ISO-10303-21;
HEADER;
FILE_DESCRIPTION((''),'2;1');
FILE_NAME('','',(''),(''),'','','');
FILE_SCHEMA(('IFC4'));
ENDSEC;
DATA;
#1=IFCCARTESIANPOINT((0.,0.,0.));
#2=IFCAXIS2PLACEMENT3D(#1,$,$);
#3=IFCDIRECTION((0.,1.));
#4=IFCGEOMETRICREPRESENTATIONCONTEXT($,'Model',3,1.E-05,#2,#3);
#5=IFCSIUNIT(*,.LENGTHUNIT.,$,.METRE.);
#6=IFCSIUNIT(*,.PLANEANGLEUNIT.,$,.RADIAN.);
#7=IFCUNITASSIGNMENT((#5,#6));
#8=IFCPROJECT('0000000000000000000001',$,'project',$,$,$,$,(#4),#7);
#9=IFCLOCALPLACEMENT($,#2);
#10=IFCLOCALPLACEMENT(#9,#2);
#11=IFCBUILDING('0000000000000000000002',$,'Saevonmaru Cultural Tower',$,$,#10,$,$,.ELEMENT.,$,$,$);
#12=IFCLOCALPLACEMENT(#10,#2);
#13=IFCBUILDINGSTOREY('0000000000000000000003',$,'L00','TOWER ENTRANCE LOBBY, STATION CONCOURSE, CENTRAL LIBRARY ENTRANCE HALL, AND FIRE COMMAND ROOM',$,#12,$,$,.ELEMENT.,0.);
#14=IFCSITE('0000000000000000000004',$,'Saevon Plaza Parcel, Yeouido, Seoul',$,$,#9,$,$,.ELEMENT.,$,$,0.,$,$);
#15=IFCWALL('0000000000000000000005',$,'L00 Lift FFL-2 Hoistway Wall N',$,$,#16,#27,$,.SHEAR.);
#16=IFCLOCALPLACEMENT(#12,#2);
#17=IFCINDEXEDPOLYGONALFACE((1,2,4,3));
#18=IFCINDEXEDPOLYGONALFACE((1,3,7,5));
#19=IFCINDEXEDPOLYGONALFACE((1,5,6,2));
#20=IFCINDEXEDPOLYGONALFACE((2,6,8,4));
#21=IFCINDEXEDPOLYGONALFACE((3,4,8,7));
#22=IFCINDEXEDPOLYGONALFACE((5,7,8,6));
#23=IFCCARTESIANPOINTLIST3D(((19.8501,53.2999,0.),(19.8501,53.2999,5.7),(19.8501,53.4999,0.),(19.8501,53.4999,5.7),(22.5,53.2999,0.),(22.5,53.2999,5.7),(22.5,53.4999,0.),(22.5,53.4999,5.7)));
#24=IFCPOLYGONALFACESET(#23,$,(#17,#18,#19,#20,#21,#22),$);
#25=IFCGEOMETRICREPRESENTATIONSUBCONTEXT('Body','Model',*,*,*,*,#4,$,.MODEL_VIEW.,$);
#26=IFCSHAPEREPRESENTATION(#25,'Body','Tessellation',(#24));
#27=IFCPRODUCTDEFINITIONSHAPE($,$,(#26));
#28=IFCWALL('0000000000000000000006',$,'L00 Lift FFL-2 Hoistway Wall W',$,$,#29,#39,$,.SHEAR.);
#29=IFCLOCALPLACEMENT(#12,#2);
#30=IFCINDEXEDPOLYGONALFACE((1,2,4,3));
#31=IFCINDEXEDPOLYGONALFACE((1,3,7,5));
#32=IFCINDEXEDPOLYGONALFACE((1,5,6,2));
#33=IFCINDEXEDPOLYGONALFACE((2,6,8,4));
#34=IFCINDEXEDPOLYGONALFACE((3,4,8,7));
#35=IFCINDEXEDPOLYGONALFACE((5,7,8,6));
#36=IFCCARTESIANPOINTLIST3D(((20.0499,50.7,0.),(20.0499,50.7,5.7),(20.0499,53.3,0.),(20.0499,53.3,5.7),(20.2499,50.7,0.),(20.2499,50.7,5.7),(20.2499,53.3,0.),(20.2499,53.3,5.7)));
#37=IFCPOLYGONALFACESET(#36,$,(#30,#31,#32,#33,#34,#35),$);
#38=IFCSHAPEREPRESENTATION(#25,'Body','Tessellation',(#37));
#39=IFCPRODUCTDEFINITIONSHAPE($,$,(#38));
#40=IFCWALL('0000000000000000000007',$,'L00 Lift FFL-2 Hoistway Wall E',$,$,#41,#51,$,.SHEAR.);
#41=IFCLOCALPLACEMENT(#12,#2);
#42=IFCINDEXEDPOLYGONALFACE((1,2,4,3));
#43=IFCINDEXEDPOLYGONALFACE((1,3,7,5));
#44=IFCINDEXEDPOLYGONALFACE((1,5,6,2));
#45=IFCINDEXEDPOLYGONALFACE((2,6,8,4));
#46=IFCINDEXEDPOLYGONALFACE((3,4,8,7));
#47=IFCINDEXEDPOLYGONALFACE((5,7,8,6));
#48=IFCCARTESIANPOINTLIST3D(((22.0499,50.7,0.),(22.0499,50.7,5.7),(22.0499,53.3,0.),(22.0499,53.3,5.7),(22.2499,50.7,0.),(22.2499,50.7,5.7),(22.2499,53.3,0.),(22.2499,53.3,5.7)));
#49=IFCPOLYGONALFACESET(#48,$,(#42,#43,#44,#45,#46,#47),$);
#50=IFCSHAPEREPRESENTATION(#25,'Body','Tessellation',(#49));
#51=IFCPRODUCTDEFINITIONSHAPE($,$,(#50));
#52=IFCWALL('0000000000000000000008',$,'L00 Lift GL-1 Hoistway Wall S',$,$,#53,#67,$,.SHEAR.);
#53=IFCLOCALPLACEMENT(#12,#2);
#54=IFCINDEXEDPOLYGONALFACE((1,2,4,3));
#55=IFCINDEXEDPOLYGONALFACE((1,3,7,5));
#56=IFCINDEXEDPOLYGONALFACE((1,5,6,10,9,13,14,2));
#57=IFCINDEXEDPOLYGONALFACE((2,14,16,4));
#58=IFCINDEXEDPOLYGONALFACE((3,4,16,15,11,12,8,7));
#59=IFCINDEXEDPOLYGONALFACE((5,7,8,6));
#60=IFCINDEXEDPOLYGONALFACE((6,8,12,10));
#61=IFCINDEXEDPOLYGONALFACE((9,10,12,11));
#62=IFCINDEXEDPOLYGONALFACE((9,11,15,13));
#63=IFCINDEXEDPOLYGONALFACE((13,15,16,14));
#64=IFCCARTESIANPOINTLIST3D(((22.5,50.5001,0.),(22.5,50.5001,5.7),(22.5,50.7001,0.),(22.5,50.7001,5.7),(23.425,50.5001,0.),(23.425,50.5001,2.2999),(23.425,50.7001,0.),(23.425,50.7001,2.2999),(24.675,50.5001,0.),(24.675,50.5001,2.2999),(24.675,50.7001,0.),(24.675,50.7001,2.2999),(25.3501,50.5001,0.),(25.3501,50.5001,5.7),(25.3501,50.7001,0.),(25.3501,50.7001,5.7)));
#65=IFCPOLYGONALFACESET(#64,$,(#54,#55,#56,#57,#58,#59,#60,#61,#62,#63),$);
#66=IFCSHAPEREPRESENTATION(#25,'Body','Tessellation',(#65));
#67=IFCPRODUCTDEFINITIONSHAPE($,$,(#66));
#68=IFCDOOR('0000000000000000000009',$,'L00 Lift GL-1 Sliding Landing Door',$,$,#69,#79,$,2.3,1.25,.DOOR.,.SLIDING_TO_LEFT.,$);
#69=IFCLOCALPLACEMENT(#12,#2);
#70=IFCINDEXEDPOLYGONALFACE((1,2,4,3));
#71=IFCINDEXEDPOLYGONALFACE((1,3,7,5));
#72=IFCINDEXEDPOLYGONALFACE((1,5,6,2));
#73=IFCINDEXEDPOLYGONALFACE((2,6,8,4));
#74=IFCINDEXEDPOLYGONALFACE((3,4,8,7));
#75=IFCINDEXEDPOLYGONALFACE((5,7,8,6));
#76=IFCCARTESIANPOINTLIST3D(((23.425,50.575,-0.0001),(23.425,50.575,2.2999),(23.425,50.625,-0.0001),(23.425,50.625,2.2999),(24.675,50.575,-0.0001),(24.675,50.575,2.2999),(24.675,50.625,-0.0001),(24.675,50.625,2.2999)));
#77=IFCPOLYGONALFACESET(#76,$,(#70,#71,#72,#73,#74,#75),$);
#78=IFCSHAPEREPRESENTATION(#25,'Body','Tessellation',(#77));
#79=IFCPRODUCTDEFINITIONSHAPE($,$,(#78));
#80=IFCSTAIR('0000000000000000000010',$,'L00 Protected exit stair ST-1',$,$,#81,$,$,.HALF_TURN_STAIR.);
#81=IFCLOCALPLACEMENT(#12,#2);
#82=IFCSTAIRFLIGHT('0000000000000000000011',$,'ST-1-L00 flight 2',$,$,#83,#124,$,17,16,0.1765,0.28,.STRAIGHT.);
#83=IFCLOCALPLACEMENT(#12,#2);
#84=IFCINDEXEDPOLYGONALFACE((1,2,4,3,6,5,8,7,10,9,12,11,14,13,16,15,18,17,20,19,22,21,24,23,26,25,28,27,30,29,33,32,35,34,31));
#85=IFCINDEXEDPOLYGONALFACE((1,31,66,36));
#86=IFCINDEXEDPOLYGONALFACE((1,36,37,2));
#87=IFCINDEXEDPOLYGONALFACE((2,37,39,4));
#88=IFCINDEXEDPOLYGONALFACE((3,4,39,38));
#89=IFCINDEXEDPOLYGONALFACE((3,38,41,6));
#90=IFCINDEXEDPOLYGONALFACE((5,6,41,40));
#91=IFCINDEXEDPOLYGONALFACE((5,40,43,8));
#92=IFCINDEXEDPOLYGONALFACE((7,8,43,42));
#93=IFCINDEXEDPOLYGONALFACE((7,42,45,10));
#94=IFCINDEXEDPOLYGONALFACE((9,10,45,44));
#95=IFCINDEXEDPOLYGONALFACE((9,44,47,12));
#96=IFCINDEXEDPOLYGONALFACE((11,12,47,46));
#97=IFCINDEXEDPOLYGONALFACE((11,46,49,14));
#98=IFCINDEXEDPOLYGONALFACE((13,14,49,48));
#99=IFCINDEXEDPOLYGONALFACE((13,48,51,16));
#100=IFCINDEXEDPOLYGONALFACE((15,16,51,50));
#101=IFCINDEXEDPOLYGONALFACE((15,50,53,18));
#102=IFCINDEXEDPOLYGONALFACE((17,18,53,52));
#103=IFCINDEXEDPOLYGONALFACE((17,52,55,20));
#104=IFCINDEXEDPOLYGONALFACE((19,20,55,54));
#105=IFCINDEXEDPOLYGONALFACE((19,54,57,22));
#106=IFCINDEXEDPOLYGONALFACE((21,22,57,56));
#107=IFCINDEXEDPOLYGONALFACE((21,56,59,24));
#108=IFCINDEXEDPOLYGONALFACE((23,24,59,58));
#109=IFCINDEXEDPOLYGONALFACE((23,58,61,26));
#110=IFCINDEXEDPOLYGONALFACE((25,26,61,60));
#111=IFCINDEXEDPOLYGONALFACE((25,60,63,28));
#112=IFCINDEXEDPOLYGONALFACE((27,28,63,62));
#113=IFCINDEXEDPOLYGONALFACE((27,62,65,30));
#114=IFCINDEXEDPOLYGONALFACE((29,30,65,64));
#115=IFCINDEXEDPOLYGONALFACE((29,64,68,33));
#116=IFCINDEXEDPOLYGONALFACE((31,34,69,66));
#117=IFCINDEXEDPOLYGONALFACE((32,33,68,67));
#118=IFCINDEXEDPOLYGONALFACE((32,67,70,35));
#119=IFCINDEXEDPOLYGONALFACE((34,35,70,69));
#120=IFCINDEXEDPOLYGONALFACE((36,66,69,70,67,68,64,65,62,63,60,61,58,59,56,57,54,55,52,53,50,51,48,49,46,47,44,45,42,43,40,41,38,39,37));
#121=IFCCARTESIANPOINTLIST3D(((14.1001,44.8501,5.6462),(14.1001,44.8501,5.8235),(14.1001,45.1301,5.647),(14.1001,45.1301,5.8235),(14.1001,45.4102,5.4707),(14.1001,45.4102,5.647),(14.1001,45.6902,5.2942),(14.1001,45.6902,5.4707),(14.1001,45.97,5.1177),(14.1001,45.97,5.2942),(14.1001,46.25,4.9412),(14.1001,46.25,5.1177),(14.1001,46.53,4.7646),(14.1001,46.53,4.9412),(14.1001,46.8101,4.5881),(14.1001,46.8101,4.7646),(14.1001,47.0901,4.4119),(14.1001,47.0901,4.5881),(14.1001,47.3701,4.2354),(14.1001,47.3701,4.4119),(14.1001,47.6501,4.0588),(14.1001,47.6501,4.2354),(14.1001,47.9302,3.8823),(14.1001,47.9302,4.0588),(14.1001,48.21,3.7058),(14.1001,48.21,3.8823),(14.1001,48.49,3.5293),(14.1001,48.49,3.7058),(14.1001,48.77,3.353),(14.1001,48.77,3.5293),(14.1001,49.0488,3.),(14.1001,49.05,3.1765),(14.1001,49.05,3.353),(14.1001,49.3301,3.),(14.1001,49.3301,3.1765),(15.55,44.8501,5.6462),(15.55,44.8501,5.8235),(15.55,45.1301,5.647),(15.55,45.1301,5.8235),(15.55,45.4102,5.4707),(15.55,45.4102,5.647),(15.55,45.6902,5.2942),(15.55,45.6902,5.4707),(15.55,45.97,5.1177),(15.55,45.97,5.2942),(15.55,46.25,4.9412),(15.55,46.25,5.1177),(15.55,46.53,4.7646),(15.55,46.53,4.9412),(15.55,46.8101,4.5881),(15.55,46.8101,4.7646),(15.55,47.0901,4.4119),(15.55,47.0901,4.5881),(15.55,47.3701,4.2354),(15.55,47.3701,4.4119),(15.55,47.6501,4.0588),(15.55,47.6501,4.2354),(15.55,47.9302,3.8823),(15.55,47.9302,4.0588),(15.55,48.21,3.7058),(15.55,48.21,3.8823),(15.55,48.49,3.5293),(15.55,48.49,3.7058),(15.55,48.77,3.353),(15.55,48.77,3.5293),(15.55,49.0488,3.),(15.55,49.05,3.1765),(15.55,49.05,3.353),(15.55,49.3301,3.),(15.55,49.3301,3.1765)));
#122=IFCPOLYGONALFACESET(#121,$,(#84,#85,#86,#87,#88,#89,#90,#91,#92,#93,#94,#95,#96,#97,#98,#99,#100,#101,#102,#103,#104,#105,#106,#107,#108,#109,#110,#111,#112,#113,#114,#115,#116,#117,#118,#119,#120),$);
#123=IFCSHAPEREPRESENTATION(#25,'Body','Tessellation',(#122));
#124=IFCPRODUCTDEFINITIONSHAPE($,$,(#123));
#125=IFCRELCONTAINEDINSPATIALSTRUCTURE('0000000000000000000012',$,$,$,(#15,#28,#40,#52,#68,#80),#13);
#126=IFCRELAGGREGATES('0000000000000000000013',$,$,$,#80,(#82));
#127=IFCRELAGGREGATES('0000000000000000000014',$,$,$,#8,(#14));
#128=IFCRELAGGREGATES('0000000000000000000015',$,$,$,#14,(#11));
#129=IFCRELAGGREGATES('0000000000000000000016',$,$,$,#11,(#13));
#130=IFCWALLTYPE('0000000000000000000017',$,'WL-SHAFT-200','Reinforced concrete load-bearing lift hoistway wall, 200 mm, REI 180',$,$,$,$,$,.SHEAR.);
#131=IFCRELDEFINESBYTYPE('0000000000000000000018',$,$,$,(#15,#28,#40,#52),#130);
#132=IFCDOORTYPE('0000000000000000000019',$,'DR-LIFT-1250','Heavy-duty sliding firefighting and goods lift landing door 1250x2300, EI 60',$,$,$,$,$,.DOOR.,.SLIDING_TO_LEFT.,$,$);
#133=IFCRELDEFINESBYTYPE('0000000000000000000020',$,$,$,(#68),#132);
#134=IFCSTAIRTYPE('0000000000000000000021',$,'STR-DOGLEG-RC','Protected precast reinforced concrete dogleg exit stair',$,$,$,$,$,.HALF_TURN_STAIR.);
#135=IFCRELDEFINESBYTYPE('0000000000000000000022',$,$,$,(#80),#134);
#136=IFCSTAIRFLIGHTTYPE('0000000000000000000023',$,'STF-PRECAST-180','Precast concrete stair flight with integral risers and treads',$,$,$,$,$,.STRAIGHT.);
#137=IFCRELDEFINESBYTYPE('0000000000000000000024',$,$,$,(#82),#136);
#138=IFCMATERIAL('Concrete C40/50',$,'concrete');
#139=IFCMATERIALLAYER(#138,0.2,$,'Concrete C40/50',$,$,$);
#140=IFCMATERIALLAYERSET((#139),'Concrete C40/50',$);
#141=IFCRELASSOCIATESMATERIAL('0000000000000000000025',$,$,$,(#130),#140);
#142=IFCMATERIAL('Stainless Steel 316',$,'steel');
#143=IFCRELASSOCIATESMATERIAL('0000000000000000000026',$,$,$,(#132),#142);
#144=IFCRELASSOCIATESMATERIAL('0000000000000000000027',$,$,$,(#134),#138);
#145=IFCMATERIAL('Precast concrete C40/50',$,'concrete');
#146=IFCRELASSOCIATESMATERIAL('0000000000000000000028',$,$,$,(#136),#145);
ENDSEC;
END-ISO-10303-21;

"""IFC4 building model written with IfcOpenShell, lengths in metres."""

from ifc_helpers import new_model, si_unit, direction, frame, frame_2d, origin, place, context, subcontext, project, spatial, polyline, rectangle, outline, extrude, material, layer, layer_set, type_object, element, fill, aggregate, save


model = new_model("IFC4")

# Units and contexts
model_context = context("Model", 3, precision=1e-05, world=origin(), true_north=direction((0.0, 1.0)))
body_context = subcontext(model_context, "Body", "Model", "MODEL_VIEW")
ifc_project = project(units=[si_unit("LENGTHUNIT", "METRE"), si_unit("PLANEANGLEUNIT", "RADIAN")], contexts=[model_context])

# Site, building, storey
site_placement = place(None, origin())
site = spatial("IfcSite", under=ifc_project, at=site_placement, Name="Saevon Plaza Parcel, Yeouido, Seoul", CompositionType="ELEMENT", RefElevation=0.0)
building_placement = place(site_placement, origin())
building = spatial("IfcBuilding", under=site, at=building_placement, Name="Saevonmaru Cultural Tower", CompositionType="ELEMENT")
storey_placement = place(building_placement, origin())
storey = spatial("IfcBuildingStorey", under=building, at=storey_placement, Name="L00", Description="TOWER ENTRANCE LOBBY, STATION CONCOURSE, CENTRAL LIBRARY ENTRANCE HALL, AND FIRE COMMAND ROOM", CompositionType="ELEMENT", Elevation=0.0)

# Shared definitions
ifc_material_1 = material(Name="Concrete C40/50", Category="concrete")
ifc_layer_1 = layer(ifc_material_1, 0.2, Name="Concrete C40/50")
ifc_layer_set_1 = layer_set([ifc_layer_1], Name="Concrete C40/50")
wall_type_1 = type_object("IfcWallType", Name="WL-SHAFT-200", Description="Reinforced concrete load-bearing lift hoistway wall, 200 mm, REI 180", PredefinedType="SHEAR", material=ifc_layer_set_1)
ifc_material_2 = material(Name="Stainless Steel 316", Category="steel")
door_type = type_object("IfcDoorType", Name="DR-LIFT-1250", Description="Heavy-duty sliding firefighting and goods lift landing door 1250x2300, EI 60", OperationType="SLIDING_TO_LEFT", PredefinedType="DOOR", material=ifc_material_2)

# Walls
wall_1_placement = place(storey_placement, frame((19.8501, 53.3999, 0.0), z_axis=(0.0, 0.0, 1.0), x_axis=(1.0, 0.0, 0.0)))
element("IfcWall", 1, at=wall_1_placement, inside=storey, type_object=wall_type_1, Name="L00 Lift FFL-2 Hoistway Wall N", PredefinedType="SHEAR", context=body_context, shape_type="SweptSolid", body=[
    extrude(rectangle(XDim=2.6499, YDim=0.2, at=frame_2d((1.325, 0.0))), origin(), (0.0, 0.0, 1.0), 5.7),
])
for number, where, z_axis, x_axis, name in (
    (2, (20.1499, 50.7, 0.0), (0.0, 0.0, 1.0), (0.0, 1.0, 0.0), "L00 Lift FFL-2 Hoistway Wall W"),
    (3, (22.1499, 50.7, 0.0), (0.0, 0.0, 1.0), (0.0, 1.0, 0.0), "L00 Lift FFL-2 Hoistway Wall E"),
):
    element("IfcWall", number, at=place(storey_placement, frame(where, z_axis=z_axis, x_axis=x_axis)), inside=storey, type_object=wall_type_1, Name=name, PredefinedType="SHEAR", context=body_context, shape_type="SweptSolid", body=[
        extrude(rectangle(XDim=2.6001, YDim=0.2, at=frame_2d((1.3, 0.0))), origin(), (0.0, 0.0, 1.0), 5.7),
    ])

# Wall, opening, door
wall_2_placement = place(storey_placement, frame((22.5, 50.6001, 0.0), z_axis=(0.0, 0.0, 1.0), x_axis=(1.0, 0.0, 0.0)))
wall_2 = element("IfcWall", 4, at=wall_2_placement, inside=storey, type_object=wall_type_1, Name="L00 Lift GL-1 Hoistway Wall S", PredefinedType="SHEAR", context=body_context, shape_type="SweptSolid", body=[
    extrude(rectangle(XDim=2.8501, YDim=0.2, at=frame_2d((1.425, 0.0))), origin(), (0.0, 0.0, 1.0), 5.7),
])
opening_1_placement = place(wall_2_placement, frame((0.925, 0.0, 0.0)))
opening_1 = element("IfcOpeningElement", 5, at=opening_1_placement, cuts=wall_2, PredefinedType="OPENING", context=body_context, shape_type="SweptSolid", body=[
    extrude(rectangle(XDim=1.25, YDim=2.3, at=frame_2d((0.625, 1.1499))), frame((0.0, 0.1099, 0.0), z_axis=(0.0, -1.0, 0.0), x_axis=(1.0, 0.0, 0.0)), (0.0, 0.0, 1.0), 0.22),
])
door_1_placement = place(opening_1_placement, origin())
door_1 = element("IfcDoor", 6, at=door_1_placement, inside=storey, type_object=door_type, Name="L00 Lift GL-1 Sliding Landing Door", OperationType="SLIDING_TO_LEFT", OverallHeight=2.3, OverallWidth=1.25, PredefinedType="DOOR", context=body_context, shape_type="SweptSolid", body=[
    extrude(rectangle(XDim=1.25, YDim=2.3, at=frame_2d((0.625, 1.1499))), frame((0.0, 0.0249, 0.0), z_axis=(0.0, -1.0, 0.0), x_axis=(1.0, 0.0, 0.0)), (0.0, 0.0, 1.0), 0.05),
])
fill(opening_1, door_1)

# Stair, stair flight
stair_type = type_object("IfcStairType", Name="STR-DOGLEG-RC", Description="Protected precast reinforced concrete dogleg exit stair", PredefinedType="HALF_TURN_STAIR", material=ifc_material_1)
stair_placement = place(storey_placement, origin())
stair = element("IfcStair", 7, at=stair_placement, inside=storey, type_object=stair_type, Name="L00 Protected exit stair ST-1", PredefinedType="HALF_TURN_STAIR")
ifc_material_3 = material(Name="Precast concrete C40/50", Category="concrete")
stair_flight_type = type_object("IfcStairFlightType", Name="STF-PRECAST-180", Description="Precast concrete stair flight with integral risers and treads", PredefinedType="STRAIGHT", material=ifc_material_3)
stair_flight_placement = place(storey_placement, frame((14.825, 49.3301, 3.0), z_axis=(0.0, 0.0, 1.0), x_axis=(0.0, -1.0, 0.0)))
stair_flight = element("IfcStairFlight", 8, at=stair_flight_placement, type_object=stair_flight_type, Name="ST-1-L00 flight 2", NumberOfRisers=17, NumberOfTreads=16, PredefinedType="STRAIGHT", RiserHeight=0.1765, TreadLength=0.28, context=body_context, shape_type="SweptSolid", body=[
    extrude(outline(polyline([(0.0, 0.0), (0.0, 0.1765), (0.28, 0.1765), (0.28, 0.353), (0.5601, 0.353), (0.5601, 0.5293), (0.8401, 0.5293), (0.8401, 0.7058), (1.1201, 0.7058), (1.1201, 0.8823), (1.3999, 0.8823), (1.3999, 1.0588), (1.6799, 1.0588), (1.6799, 1.2354), (1.96, 1.2354), (1.96, 1.4119), (2.24, 1.4119), (2.24, 1.5881), (2.52, 1.5881), (2.52, 1.7646), (2.8, 1.7646), (2.8, 1.9412), (3.0801, 1.9412), (3.0801, 2.1177), (3.3601, 2.1177), (3.3601, 2.2942), (3.6399, 2.2942), (3.6399, 2.4707), (3.9199, 2.4707), (3.9199, 2.647), (4.2, 2.647), (4.2, 2.8235), (4.48, 2.8235), (4.48, 3.0), (4.48, 2.6462), (0.2812, 0.0), (0.0, 0.0)])), frame((0.0, 0.7251, 0.0), z_axis=(0.0, -1.0, 0.0), x_axis=(1.0, 0.0, 0.0)), (0.0, 0.0, 1.0), 1.45),
])
aggregate(stair, [stair_flight])

save(model, "model.ifc")
